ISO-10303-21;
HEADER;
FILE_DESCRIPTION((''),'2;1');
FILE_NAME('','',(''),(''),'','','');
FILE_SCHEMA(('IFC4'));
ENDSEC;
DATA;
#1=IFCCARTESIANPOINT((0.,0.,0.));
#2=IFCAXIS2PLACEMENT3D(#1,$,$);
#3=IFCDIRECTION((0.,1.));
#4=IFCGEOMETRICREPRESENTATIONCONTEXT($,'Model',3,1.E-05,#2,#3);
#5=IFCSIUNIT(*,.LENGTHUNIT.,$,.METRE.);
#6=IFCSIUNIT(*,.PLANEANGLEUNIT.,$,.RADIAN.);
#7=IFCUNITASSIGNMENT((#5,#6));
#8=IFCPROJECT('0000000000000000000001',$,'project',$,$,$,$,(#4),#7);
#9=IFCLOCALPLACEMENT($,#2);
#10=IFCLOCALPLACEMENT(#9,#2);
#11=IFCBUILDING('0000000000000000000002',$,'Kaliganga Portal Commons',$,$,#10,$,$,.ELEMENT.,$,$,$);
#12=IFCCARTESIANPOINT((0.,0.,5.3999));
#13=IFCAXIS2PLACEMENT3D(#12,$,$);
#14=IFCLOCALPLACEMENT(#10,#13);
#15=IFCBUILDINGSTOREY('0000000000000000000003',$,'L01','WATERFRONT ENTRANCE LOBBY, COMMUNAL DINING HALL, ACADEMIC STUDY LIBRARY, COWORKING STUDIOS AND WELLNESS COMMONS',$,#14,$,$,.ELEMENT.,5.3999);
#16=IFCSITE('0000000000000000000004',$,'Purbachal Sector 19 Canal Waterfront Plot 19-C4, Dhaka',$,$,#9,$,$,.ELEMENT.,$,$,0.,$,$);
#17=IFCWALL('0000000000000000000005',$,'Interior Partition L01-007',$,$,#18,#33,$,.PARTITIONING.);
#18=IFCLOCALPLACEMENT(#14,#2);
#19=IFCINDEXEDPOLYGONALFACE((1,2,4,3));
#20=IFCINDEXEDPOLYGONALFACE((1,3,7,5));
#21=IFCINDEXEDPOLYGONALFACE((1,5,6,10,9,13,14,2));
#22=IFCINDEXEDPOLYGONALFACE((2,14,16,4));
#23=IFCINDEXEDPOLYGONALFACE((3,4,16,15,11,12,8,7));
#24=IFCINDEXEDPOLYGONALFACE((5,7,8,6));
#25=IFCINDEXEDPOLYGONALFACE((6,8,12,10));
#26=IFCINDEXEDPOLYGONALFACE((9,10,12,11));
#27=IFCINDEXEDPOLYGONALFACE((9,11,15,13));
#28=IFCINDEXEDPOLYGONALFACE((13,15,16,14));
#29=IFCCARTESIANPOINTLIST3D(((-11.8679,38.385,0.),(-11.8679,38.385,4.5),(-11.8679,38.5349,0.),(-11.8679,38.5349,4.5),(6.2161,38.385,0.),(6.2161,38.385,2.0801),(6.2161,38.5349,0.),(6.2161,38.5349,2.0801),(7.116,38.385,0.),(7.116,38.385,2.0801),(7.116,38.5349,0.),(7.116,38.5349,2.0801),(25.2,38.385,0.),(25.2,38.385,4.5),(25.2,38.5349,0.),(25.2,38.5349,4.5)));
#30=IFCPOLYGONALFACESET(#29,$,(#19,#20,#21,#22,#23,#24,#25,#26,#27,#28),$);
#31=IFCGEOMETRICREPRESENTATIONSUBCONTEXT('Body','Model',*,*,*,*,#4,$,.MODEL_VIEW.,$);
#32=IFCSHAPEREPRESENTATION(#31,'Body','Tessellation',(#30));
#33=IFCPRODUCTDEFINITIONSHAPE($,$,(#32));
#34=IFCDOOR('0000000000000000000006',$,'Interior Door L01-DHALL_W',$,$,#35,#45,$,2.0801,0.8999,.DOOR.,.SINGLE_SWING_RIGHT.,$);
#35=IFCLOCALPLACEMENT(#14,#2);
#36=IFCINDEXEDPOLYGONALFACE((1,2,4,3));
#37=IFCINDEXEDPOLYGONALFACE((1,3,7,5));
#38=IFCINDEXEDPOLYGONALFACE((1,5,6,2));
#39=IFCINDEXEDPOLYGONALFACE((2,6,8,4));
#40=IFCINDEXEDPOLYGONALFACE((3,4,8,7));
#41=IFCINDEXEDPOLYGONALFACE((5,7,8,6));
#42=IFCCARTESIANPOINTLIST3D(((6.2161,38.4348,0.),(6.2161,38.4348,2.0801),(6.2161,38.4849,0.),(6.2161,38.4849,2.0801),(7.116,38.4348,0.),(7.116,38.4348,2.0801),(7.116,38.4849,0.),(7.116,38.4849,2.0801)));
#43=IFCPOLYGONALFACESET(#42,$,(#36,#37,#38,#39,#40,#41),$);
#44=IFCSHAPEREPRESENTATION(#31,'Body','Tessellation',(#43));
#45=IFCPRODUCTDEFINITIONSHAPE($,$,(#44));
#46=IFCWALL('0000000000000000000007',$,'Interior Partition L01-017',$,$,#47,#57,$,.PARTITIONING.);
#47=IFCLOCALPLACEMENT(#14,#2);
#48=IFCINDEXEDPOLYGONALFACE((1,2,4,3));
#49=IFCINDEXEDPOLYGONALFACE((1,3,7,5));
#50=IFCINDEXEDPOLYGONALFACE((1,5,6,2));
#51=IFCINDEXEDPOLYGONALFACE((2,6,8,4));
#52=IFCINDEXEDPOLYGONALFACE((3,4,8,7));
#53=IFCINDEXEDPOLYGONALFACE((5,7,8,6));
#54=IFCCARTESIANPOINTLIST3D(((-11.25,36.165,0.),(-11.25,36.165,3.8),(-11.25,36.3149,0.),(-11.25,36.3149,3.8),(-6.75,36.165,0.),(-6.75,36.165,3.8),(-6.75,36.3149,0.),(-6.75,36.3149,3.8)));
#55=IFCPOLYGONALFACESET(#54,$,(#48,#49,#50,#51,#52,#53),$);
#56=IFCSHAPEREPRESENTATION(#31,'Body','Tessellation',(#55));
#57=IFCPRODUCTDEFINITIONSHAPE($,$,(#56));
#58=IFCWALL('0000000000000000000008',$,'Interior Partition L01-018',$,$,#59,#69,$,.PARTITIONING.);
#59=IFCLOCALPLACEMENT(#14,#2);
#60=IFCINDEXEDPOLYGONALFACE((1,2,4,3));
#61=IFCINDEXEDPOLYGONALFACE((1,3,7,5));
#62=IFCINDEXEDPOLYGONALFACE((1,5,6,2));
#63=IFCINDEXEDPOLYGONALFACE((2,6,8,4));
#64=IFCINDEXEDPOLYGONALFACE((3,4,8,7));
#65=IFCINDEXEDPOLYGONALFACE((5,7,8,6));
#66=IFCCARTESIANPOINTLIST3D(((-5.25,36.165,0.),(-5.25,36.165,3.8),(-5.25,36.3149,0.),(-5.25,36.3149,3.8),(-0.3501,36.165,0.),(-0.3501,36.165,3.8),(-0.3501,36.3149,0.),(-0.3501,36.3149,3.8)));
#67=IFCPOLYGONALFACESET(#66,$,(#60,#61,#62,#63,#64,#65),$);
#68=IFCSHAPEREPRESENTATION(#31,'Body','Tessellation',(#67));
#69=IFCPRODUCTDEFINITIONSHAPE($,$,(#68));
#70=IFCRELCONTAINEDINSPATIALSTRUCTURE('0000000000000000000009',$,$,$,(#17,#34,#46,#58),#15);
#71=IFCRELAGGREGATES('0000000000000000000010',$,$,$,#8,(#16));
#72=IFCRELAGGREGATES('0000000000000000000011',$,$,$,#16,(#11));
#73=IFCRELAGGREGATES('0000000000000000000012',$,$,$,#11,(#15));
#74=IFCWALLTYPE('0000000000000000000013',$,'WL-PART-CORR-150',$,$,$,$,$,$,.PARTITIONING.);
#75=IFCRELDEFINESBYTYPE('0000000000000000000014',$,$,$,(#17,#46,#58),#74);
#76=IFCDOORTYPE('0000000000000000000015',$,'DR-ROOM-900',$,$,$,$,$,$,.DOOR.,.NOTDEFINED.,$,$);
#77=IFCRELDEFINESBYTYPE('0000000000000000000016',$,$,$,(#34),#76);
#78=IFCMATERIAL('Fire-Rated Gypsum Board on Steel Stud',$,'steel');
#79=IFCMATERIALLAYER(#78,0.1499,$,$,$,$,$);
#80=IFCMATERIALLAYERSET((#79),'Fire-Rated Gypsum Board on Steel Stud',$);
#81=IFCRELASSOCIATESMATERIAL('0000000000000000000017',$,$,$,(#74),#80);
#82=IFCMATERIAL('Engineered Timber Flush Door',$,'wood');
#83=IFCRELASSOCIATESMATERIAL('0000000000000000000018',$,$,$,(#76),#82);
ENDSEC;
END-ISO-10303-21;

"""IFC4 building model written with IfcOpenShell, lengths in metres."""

from ifc_helpers import new_model, si_unit, direction, frame, frame_2d, origin, place, context, subcontext, project, spatial, rectangle, extrude, material, layer, layer_set, type_object, element, fill, save


model = new_model("IFC4")

# Units and contexts
model_context = context("Model", 3, precision=1e-05, world=origin(), true_north=direction((0.0, 1.0)))
body_context = subcontext(model_context, "Body", "Model", "MODEL_VIEW")
ifc_project = project(units=[si_unit("LENGTHUNIT", "METRE"), si_unit("PLANEANGLEUNIT", "RADIAN")], contexts=[model_context])

# Site, building, storey
site_placement = place(None, origin())
site = spatial("IfcSite", under=ifc_project, at=site_placement, Name="Purbachal Sector 19 Canal Waterfront Plot 19-C4, Dhaka", CompositionType="ELEMENT", RefElevation=0.0)
building_placement = place(site_placement, origin())
building = spatial("IfcBuilding", under=site, at=building_placement, Name="Kaliganga Portal Commons", CompositionType="ELEMENT")
storey_placement = place(building_placement, frame((0.0, 0.0, 5.3999)))
storey = spatial("IfcBuildingStorey", under=building, at=storey_placement, Name="L01", Description="WATERFRONT ENTRANCE LOBBY, COMMUNAL DINING HALL, ACADEMIC STUDY LIBRARY, COWORKING STUDIOS AND WELLNESS COMMONS", CompositionType="ELEMENT", Elevation=5.3999)

# Wall, opening, door
ifc_material_1 = material(Name="Fire-Rated Gypsum Board on Steel Stud", Category="steel")
ifc_layer_1 = layer(ifc_material_1, 0.1499)
ifc_layer_set_1 = layer_set([ifc_layer_1], Name="Fire-Rated Gypsum Board on Steel Stud")
wall_type_1 = type_object("IfcWallType", Name="WL-PART-CORR-150", PredefinedType="PARTITIONING", material=ifc_layer_set_1)
wall_1_placement = place(storey_placement, frame((-11.8679, 38.46, 0.0), z_axis=(0.0, 0.0, 1.0), x_axis=(1.0, 0.0, 0.0)))
wall_1 = element("IfcWall", 1, at=wall_1_placement, inside=storey, type_object=wall_type_1, Name="Interior Partition L01-007", PredefinedType="PARTITIONING", context=body_context, shape_type="SweptSolid", body=[
    extrude(rectangle(XDim=37.0679, YDim=0.1499, at=frame_2d((18.5339, 0.0))), origin(), (0.0, 0.0, 1.0), 4.5),
])
opening_1_placement = place(wall_1_placement, frame((18.084, 0.0, 0.0)))
opening_1 = element("IfcOpeningElement", 2, at=opening_1_placement, cuts=wall_1, PredefinedType="OPENING", context=body_context, shape_type="SweptSolid", body=[
    extrude(rectangle(XDim=0.8999, YDim=2.0801, at=frame_2d((0.45, 1.04))), frame((0.0, 0.085, 0.0), z_axis=(0.0, -1.0, 0.0), x_axis=(1.0, 0.0, 0.0)), (0.0, 0.0, 1.0), 0.1699),
])
ifc_material_2 = material(Name="Engineered Timber Flush Door", Category="wood")
door_type = type_object("IfcDoorType", Name="DR-ROOM-900", OperationType="NOTDEFINED", PredefinedType="DOOR", material=ifc_material_2)
door_placement = place(opening_1_placement, origin())
door = element("IfcDoor", 3, at=door_placement, inside=storey, type_object=door_type, Name="Interior Door L01-DHALL_W", OperationType="SINGLE_SWING_RIGHT", OverallHeight=2.0801, OverallWidth=0.8999, PredefinedType="DOOR", context=body_context, shape_type="SweptSolid", body=[
    extrude(rectangle(XDim=0.8999, YDim=2.0801, at=frame_2d((0.45, 1.04))), frame((0.0, 0.0249, 0.0), z_axis=(0.0, -1.0, 0.0), x_axis=(1.0, 0.0, 0.0)), (0.0, 0.0, 1.0), 0.05),
])
fill(opening_1, door)

# Walls
wall_2_placement = place(storey_placement, frame((-11.25, 36.24, 0.0), z_axis=(0.0, 0.0, 1.0), x_axis=(1.0, 0.0, 0.0)))
element("IfcWall", 4, at=wall_2_placement, inside=storey, type_object=wall_type_1, Name="Interior Partition L01-017", PredefinedType="PARTITIONING", context=body_context, shape_type="SweptSolid", body=[
    extrude(rectangle(XDim=4.5, YDim=0.1499, at=frame_2d((2.25, 0.0))), origin(), (0.0, 0.0, 1.0), 3.8),
])
wall_3_placement = place(storey_placement, frame((-5.25, 36.24, 0.0), z_axis=(0.0, 0.0, 1.0), x_axis=(1.0, 0.0, 0.0)))
element("IfcWall", 5, at=wall_3_placement, inside=storey, type_object=wall_type_1, Name="Interior Partition L01-018", PredefinedType="PARTITIONING", context=body_context, shape_type="SweptSolid", body=[
    extrude(rectangle(XDim=4.8999, YDim=0.1499, at=frame_2d((2.45, 0.0))), origin(), (0.0, 0.0, 1.0), 3.8),
])

save(model, "model.ifc")
